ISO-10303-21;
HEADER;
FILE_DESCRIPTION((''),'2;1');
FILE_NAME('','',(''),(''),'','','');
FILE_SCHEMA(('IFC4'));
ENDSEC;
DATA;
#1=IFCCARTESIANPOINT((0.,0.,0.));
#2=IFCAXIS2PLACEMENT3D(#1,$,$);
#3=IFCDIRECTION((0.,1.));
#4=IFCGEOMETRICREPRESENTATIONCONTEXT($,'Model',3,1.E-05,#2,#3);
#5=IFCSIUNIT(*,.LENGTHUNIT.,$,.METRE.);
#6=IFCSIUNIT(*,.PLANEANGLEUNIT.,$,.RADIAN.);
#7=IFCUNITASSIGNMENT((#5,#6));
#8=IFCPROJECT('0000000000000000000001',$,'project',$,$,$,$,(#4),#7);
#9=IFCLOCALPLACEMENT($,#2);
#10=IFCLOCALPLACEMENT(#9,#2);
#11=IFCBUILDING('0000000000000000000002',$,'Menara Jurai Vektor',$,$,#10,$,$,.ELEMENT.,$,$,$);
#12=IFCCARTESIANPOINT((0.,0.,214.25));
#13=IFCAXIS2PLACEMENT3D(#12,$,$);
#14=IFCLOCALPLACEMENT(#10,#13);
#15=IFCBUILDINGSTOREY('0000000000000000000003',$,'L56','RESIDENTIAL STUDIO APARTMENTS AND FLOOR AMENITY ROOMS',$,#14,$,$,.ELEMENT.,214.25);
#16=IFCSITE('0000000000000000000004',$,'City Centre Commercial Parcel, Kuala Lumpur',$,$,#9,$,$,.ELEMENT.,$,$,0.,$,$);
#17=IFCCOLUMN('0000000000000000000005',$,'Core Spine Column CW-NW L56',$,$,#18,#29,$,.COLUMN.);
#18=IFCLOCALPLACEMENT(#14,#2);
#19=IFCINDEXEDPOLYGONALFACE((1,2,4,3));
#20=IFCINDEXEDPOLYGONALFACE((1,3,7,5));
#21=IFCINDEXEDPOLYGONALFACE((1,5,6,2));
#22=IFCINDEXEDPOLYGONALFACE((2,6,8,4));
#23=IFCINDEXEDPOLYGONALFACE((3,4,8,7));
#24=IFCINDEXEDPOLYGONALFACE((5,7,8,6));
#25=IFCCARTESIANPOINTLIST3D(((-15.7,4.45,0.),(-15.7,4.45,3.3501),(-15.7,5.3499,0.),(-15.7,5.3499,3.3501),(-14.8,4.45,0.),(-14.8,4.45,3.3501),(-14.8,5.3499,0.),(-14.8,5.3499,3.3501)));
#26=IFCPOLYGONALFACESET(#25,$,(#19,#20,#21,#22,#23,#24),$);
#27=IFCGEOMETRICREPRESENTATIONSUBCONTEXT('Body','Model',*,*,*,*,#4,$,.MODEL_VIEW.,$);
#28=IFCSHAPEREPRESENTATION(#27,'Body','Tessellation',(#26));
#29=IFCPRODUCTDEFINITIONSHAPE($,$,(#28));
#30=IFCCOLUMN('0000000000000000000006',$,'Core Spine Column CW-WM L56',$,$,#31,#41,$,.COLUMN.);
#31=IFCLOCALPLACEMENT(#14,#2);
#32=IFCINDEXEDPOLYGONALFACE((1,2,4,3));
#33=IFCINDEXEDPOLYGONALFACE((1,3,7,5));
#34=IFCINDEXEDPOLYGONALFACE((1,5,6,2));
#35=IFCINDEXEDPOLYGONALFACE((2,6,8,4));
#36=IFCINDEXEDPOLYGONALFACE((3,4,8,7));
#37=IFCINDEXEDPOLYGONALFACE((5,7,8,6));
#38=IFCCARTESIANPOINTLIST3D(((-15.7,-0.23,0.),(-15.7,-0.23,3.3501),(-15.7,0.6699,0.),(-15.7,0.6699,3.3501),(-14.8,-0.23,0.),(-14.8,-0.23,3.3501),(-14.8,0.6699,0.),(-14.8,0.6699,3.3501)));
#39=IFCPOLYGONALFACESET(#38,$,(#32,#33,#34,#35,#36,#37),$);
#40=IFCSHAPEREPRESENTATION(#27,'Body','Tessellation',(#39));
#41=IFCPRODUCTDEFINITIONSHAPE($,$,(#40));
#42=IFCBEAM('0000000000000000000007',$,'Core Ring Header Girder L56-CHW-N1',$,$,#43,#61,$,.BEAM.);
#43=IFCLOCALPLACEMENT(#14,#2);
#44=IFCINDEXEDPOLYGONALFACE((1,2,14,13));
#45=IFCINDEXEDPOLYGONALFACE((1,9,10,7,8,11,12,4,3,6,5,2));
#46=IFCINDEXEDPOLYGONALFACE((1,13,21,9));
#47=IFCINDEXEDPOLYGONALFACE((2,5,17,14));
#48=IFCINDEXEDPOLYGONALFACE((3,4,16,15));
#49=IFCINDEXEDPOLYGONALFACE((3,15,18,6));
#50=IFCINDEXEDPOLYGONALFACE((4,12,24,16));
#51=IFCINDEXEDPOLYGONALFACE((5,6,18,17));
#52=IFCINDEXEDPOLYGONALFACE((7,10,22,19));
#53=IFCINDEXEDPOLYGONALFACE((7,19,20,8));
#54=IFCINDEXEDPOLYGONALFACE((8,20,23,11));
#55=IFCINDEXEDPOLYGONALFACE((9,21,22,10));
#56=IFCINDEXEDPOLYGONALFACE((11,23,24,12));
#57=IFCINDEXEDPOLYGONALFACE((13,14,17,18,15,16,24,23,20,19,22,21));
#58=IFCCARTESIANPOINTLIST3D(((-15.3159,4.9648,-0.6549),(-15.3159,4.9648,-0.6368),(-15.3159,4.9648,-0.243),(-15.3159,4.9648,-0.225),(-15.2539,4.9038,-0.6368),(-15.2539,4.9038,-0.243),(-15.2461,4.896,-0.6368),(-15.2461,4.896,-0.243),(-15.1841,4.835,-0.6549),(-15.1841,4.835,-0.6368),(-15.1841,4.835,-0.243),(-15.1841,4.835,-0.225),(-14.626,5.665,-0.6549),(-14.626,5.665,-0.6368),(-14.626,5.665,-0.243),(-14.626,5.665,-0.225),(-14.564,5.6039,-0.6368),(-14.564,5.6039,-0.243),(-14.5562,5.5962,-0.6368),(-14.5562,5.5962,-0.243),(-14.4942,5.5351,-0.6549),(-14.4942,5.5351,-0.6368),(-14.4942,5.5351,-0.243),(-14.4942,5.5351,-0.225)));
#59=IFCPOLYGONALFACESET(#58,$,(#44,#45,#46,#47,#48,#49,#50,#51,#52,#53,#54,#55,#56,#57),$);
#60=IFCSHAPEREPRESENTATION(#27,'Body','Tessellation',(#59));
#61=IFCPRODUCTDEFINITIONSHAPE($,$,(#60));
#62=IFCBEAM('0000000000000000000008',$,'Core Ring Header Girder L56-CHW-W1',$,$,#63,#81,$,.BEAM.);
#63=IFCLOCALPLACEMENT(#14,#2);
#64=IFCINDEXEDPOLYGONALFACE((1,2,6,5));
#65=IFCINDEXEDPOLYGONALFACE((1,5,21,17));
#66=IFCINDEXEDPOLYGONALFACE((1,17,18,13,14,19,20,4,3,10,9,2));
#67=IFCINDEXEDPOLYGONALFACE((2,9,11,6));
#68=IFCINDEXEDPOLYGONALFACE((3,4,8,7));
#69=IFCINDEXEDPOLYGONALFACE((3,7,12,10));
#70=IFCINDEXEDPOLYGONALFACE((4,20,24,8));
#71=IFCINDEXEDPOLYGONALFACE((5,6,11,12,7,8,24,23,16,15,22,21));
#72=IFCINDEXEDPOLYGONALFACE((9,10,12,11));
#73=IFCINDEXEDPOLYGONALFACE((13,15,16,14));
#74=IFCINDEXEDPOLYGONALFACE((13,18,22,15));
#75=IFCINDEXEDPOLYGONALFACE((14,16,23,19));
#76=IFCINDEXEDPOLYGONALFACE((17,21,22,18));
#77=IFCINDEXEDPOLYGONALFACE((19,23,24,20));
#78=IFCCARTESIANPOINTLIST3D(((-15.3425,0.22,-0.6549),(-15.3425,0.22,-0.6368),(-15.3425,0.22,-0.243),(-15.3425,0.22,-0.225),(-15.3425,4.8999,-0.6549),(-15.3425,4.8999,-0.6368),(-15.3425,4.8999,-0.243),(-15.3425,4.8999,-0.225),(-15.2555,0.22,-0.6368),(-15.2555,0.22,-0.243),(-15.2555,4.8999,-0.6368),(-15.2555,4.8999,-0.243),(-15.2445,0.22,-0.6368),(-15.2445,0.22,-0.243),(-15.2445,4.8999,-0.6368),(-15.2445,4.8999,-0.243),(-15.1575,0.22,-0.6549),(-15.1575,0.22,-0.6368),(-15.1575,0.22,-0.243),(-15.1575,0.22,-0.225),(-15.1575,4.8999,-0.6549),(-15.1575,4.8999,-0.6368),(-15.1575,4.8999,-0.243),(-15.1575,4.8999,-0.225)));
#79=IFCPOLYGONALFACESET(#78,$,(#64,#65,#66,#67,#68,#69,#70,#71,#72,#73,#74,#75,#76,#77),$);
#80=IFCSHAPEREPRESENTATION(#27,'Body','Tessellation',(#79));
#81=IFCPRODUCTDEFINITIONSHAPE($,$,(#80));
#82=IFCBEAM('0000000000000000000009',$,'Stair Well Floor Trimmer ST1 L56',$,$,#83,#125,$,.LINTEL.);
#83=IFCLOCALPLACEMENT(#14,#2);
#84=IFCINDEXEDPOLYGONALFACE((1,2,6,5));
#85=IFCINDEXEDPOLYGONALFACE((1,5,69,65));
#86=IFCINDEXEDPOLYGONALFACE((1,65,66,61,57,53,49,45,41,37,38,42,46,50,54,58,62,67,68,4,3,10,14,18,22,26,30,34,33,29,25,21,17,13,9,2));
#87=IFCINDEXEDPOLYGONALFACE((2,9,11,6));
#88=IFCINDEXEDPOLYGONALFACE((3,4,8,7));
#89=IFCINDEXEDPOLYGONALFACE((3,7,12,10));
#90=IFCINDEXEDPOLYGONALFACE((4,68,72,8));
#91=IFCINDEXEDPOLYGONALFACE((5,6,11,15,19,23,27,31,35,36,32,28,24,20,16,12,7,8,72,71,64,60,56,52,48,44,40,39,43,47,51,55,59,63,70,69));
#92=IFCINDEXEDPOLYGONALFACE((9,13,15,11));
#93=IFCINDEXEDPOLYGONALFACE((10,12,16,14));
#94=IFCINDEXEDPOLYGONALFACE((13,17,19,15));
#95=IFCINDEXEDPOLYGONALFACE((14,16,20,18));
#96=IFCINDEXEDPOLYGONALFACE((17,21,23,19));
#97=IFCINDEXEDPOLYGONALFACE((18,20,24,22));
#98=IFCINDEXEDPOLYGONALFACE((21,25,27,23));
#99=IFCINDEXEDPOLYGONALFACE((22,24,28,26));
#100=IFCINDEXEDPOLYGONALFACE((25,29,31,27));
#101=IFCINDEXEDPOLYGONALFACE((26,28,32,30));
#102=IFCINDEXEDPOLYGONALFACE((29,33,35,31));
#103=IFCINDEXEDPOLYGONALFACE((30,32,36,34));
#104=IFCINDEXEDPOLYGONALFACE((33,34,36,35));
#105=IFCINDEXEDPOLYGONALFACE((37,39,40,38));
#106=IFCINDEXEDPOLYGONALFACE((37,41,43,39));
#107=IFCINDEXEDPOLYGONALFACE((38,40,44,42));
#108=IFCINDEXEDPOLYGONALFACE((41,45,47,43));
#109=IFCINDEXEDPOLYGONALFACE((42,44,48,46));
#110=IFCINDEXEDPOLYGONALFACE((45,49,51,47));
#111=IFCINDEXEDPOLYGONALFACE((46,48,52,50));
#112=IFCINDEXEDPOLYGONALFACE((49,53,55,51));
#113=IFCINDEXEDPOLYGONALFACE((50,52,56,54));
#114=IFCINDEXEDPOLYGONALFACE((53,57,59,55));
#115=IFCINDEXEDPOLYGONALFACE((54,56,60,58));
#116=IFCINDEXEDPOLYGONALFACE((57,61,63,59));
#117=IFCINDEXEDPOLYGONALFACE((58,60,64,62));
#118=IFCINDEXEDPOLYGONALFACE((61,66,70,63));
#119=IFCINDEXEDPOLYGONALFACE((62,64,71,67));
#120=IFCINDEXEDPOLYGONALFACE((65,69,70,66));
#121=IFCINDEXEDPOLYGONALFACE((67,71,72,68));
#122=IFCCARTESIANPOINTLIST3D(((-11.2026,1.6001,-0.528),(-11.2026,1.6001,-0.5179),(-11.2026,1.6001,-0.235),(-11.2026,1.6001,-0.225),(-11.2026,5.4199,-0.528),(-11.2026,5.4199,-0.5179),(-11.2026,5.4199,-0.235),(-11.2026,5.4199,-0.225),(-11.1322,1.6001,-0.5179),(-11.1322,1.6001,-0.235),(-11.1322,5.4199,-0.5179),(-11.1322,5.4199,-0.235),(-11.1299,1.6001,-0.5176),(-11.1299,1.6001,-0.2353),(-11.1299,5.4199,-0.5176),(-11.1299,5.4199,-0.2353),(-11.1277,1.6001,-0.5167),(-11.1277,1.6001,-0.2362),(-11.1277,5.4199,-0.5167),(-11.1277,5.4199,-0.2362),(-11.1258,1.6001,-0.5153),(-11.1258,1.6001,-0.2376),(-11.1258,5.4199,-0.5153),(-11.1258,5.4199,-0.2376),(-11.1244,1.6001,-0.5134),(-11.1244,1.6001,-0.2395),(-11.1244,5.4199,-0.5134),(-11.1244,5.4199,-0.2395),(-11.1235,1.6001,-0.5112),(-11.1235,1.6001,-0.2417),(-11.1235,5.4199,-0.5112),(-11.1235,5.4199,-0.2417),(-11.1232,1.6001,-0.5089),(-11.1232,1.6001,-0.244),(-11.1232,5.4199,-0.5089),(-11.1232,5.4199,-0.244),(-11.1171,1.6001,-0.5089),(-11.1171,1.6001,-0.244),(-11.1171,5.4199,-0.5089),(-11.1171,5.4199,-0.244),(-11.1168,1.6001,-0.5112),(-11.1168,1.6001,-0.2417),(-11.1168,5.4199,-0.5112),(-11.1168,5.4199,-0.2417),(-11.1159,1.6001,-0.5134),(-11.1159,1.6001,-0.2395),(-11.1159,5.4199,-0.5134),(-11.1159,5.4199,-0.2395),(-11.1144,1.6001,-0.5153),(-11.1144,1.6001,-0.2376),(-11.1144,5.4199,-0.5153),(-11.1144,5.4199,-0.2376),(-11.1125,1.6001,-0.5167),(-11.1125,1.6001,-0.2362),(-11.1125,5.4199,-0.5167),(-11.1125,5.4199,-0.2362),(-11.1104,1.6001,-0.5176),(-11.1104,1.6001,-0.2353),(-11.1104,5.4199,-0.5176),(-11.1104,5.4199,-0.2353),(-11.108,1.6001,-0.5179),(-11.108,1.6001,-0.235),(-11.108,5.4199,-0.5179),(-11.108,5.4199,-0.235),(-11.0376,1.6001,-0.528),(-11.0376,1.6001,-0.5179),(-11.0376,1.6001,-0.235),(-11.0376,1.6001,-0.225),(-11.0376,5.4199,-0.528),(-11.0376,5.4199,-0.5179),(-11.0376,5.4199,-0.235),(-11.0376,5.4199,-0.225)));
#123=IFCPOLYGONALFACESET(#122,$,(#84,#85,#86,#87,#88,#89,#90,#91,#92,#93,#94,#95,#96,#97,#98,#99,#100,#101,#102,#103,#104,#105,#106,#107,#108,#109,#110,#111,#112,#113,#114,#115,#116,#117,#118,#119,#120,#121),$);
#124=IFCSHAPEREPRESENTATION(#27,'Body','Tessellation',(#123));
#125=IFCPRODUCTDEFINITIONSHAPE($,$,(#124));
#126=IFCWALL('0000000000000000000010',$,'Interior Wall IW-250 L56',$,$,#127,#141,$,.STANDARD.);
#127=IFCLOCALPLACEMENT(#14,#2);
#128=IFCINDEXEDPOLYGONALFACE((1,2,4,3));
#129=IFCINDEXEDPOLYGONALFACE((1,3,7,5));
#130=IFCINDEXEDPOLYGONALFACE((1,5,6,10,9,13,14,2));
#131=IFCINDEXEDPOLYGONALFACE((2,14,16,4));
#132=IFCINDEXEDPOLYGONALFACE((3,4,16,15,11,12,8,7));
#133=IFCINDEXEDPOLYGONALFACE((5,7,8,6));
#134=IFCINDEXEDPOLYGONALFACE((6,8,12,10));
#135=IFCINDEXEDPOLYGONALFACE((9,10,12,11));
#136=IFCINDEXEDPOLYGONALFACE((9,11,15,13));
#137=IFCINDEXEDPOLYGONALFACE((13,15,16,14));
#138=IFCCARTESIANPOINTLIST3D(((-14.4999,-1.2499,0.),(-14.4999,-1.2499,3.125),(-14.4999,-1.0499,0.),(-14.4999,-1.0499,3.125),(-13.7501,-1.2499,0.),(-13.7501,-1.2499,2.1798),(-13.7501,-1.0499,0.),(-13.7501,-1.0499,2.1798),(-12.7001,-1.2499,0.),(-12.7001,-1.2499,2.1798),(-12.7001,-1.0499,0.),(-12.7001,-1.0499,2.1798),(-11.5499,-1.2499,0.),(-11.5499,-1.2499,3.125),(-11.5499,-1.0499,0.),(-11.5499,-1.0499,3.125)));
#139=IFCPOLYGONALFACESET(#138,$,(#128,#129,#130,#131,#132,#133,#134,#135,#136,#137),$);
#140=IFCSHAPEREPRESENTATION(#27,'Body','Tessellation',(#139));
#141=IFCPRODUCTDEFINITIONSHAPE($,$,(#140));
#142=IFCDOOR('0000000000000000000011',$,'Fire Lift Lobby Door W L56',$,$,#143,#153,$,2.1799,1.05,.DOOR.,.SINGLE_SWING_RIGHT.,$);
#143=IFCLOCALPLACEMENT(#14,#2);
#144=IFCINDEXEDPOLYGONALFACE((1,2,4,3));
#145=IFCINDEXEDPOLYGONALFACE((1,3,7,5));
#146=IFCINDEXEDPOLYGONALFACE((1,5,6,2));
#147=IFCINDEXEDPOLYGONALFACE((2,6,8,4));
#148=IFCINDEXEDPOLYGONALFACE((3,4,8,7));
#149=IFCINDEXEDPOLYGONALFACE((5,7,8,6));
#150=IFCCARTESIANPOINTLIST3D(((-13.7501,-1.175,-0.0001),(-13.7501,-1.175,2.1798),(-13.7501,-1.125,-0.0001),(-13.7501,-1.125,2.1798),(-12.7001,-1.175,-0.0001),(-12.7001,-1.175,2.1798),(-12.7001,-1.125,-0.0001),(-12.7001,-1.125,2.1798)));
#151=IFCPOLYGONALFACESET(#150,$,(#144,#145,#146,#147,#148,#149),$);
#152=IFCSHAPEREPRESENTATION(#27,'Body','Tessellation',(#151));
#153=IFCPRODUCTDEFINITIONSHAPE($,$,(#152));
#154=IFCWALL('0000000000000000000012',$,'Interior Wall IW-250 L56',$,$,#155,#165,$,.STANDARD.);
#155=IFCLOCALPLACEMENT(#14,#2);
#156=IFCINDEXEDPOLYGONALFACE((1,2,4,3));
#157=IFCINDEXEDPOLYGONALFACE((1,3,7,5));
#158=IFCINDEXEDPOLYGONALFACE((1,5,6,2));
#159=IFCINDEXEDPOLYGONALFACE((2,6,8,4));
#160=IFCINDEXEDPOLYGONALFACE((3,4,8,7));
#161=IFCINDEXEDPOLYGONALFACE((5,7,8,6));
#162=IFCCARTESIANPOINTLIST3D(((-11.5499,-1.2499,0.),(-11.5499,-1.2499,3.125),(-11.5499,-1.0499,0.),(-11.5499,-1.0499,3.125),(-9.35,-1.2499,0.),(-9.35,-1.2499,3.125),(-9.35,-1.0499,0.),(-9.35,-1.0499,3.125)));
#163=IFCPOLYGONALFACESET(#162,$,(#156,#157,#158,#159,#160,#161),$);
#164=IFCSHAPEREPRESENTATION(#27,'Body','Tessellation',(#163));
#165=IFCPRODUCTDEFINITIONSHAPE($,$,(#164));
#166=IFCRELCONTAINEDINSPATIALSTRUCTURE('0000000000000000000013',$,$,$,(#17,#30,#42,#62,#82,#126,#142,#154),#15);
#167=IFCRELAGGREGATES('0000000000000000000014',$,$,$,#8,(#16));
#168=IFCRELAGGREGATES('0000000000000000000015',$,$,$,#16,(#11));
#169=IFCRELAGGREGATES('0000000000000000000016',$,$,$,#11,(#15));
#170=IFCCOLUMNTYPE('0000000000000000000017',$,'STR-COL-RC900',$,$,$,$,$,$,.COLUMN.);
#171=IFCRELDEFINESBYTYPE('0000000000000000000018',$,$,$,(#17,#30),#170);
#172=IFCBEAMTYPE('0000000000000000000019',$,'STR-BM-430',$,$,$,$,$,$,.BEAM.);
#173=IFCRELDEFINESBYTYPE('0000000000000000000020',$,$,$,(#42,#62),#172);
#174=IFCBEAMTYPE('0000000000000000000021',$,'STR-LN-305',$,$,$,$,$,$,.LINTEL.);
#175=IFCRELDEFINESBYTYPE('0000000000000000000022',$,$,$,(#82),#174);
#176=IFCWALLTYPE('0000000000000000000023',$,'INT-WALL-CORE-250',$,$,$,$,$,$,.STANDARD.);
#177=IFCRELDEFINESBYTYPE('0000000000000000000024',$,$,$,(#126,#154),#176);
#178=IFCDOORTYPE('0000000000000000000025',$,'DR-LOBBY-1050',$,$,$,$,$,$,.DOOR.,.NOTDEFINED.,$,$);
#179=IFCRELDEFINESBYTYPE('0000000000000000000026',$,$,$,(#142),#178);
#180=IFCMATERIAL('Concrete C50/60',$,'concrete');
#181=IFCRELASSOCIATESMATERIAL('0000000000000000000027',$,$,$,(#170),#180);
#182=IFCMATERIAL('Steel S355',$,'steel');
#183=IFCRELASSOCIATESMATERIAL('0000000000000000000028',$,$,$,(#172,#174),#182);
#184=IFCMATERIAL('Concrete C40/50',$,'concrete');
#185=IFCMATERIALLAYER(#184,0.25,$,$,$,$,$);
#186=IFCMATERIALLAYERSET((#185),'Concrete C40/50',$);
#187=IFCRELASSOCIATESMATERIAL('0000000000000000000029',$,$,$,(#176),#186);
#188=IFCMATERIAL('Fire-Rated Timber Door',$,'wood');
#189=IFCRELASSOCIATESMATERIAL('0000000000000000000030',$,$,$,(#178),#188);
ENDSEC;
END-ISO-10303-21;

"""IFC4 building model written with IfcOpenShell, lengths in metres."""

from ifc_helpers import new_model, si_unit, direction, frame, frame_2d, origin, origin_2d, place, context, subcontext, project, spatial, rectangle, i_section, extrude, material, layer, layer_set, material_profile, profile_set, type_object, element, fill, save


model = new_model("IFC4")

# Units and contexts
model_context = context("Model", 3, precision=1e-05, world=origin(), true_north=direction((0.0, 1.0)))
body_context = subcontext(model_context, "Body", "Model", "MODEL_VIEW")
ifc_project = project(units=[si_unit("LENGTHUNIT", "METRE"), si_unit("PLANEANGLEUNIT", "RADIAN")], contexts=[model_context])

# Site, building, storey
site_placement = place(None, origin())
site = spatial("IfcSite", under=ifc_project, at=site_placement, Name="City Centre Commercial Parcel, Kuala Lumpur", CompositionType="ELEMENT", RefElevation=0.0)
building_placement = place(site_placement, origin())
building = spatial("IfcBuilding", under=site, at=building_placement, Name="Menara Jurai Vektor", CompositionType="ELEMENT")
storey_placement = place(building_placement, frame((0.0, 0.0, 214.25)))
storey = spatial("IfcBuildingStorey", under=building, at=storey_placement, Name="L56", Description="RESIDENTIAL STUDIO APARTMENTS AND FLOOR AMENITY ROOMS", CompositionType="ELEMENT", Elevation=214.25)

# Columns
ifc_material_1 = material(Name="Concrete C50/60", Category="concrete")
ifc_material_profile_1 = material_profile(ifc_material_1, rectangle(XDim=0.8999, YDim=0.8999, at=origin_2d()), Name="RC 900x900")
ifc_profile_set_1 = profile_set([ifc_material_profile_1], Name="Concrete C50/60")
column_type = type_object("IfcColumnType", Name="STR-COL-RC900", PredefinedType="COLUMN", material=ifc_profile_set_1)
for number, where, z_axis, x_axis, name in (
    (1, (-15.25, 4.8999, 0.0), (0.0, 0.0, 1.0), (1.0, 0.0, 0.0), "Core Spine Column CW-NW L56"),
    (2, (-15.25, 0.22, 0.0), (0.0, 0.0, 1.0), (1.0, 0.0, 0.0), "Core Spine Column CW-WM L56"),
):
    element("IfcColumn", number, at=place(storey_placement, frame(where, z_axis=z_axis, x_axis=x_axis)), inside=storey, type_object=column_type, Name=name, PredefinedType="COLUMN", context=body_context, shape_type="SweptSolid", body=[
        extrude(rectangle(XDim=0.8999, YDim=0.8999, at=origin_2d()), origin(), (0.0, 0.0, 1.0), 3.3501),
    ])

# Beams
ifc_material_2 = material(Name="Steel S355", Category="steel")
ifc_material_profile_2 = material_profile(ifc_material_2, i_section(OverallWidth=0.1851, OverallDepth=0.4299, WebThickness=0.011, FlangeThickness=0.0181, at=origin_2d()), Name="PG 430x185x76")
ifc_profile_set_2 = profile_set([ifc_material_profile_2], Name="Steel S355")
beam_type_1 = type_object("IfcBeamType", Name="STR-BM-430", PredefinedType="BEAM", material=ifc_profile_set_2)
beam_1_placement = place(storey_placement, frame((-15.25, 4.8999, -0.4399), z_axis=(0.701872, 0.712303, 0.0), x_axis=(-0.712303, 0.701872, 0.0)))
element("IfcBeam", 3, at=beam_1_placement, inside=storey, type_object=beam_type_1, Name="Core Ring Header Girder L56-CHW-N1", PredefinedType="BEAM", context=body_context, shape_type="SweptSolid", body=[
    extrude(i_section(OverallWidth=0.1851, OverallDepth=0.4299, WebThickness=0.011, FlangeThickness=0.0181, at=origin_2d()), origin(), (0.0, 0.0, 1.0), 0.9829),
])
beam_2_placement = place(storey_placement, frame((-15.25, 0.22, -0.4399), z_axis=(0.0, 1.0, 0.0), x_axis=(-1.0, 0.0, 0.0)))
element("IfcBeam", 4, at=beam_2_placement, inside=storey, type_object=beam_type_1, Name="Core Ring Header Girder L56-CHW-W1", PredefinedType="BEAM", context=body_context, shape_type="SweptSolid", body=[
    extrude(i_section(OverallWidth=0.1851, OverallDepth=0.4299, WebThickness=0.011, FlangeThickness=0.0181, at=origin_2d()), origin(), (0.0, 0.0, 1.0), 4.6799),
])
ifc_material_profile_3 = material_profile(ifc_material_2, i_section(OverallWidth=0.165, OverallDepth=0.303, WebThickness=0.0061, FlangeThickness=0.01, FilletRadius=0.009, at=origin_2d()), Name="UKB 305x165x40")
ifc_profile_set_3 = profile_set([ifc_material_profile_3], Name="Steel S355")
beam_type_2 = type_object("IfcBeamType", Name="STR-LN-305", PredefinedType="LINTEL", material=ifc_profile_set_3)
beam_3_placement = place(storey_placement, frame((-11.1201, 1.6001, -0.3765), z_axis=(0.0, 1.0, 0.0), x_axis=(-1.0, 0.0, 0.0)))
element("IfcBeam", 5, at=beam_3_placement, inside=storey, type_object=beam_type_2, Name="Stair Well Floor Trimmer ST1 L56", PredefinedType="LINTEL", context=body_context, shape_type="SweptSolid", body=[
    extrude(i_section(OverallWidth=0.165, OverallDepth=0.303, WebThickness=0.0061, FlangeThickness=0.01, FilletRadius=0.009, at=origin_2d()), origin(), (0.0, 0.0, 1.0), 3.8198),
])

# Wall, opening, door
ifc_material_3 = material(Name="Concrete C40/50", Category="concrete")
ifc_layer_1 = layer(ifc_material_3, 0.25)
ifc_layer_set_1 = layer_set([ifc_layer_1], Name="Concrete C40/50")
wall_type_1 = type_object("IfcWallType", Name="INT-WALL-CORE-250", PredefinedType="STANDARD", material=ifc_layer_set_1)
wall_1_placement = place(storey_placement, frame((-14.5, -1.1499, 0.0), z_axis=(0.0, 0.0, 1.0), x_axis=(1.0, 0.0, 0.0)))
wall_1 = element("IfcWall", 6, at=wall_1_placement, inside=storey, type_object=wall_type_1, Name="Interior Wall IW-250 L56", PredefinedType="STANDARD", context=body_context, shape_type="SweptSolid", body=[
    extrude(rectangle(XDim=2.95, YDim=0.2, at=frame_2d((1.4751, 0.0))), origin(), (0.0, 0.0, 1.0), 3.125),
])
opening_1_placement = place(wall_1_placement, frame((0.75, 0.0, 0.0)))
opening_1 = element("IfcOpeningElement", 7, at=opening_1_placement, cuts=wall_1, PredefinedType="OPENING", context=body_context, shape_type="SweptSolid", body=[
    extrude(rectangle(XDim=1.05, YDim=2.1799, at=frame_2d((0.5249, 1.0898))), frame((0.0, 0.1099, 0.0), z_axis=(0.0, -1.0, 0.0), x_axis=(1.0, 0.0, 0.0)), (0.0, 0.0, 1.0), 0.22),
])
ifc_material_4 = material(Name="Fire-Rated Timber Door", Category="wood")
door_type_1 = type_object("IfcDoorType", Name="DR-LOBBY-1050", OperationType="NOTDEFINED", PredefinedType="DOOR", material=ifc_material_4)
door_1_placement = place(opening_1_placement, origin())
door_1 = element("IfcDoor", 8, at=door_1_placement, inside=storey, type_object=door_type_1, Name="Fire Lift Lobby Door W L56", OperationType="SINGLE_SWING_RIGHT", OverallHeight=2.1799, OverallWidth=1.05, PredefinedType="DOOR", context=body_context, shape_type="SweptSolid", body=[
    extrude(rectangle(XDim=1.05, YDim=2.1799, at=frame_2d((0.5249, 1.0898))), frame((0.0, 0.0249, 0.0), z_axis=(0.0, -1.0, 0.0), x_axis=(1.0, 0.0, 0.0)), (0.0, 0.0, 1.0), 0.05),
])
fill(opening_1, door_1)

# Wall
wall_2_placement = place(storey_placement, frame((-11.55, -1.1499, 0.0), z_axis=(0.0, 0.0, 1.0), x_axis=(1.0, 0.0, 0.0)))
element("IfcWall", 9, at=wall_2_placement, inside=storey, type_object=wall_type_1, Name="Interior Wall IW-250 L56", PredefinedType="STANDARD", context=body_context, shape_type="SweptSolid", body=[
    extrude(rectangle(XDim=2.2, YDim=0.2, at=frame_2d((1.1001, 0.0))), origin(), (0.0, 0.0, 1.0), 3.125),
])

save(model, "model.ifc")
